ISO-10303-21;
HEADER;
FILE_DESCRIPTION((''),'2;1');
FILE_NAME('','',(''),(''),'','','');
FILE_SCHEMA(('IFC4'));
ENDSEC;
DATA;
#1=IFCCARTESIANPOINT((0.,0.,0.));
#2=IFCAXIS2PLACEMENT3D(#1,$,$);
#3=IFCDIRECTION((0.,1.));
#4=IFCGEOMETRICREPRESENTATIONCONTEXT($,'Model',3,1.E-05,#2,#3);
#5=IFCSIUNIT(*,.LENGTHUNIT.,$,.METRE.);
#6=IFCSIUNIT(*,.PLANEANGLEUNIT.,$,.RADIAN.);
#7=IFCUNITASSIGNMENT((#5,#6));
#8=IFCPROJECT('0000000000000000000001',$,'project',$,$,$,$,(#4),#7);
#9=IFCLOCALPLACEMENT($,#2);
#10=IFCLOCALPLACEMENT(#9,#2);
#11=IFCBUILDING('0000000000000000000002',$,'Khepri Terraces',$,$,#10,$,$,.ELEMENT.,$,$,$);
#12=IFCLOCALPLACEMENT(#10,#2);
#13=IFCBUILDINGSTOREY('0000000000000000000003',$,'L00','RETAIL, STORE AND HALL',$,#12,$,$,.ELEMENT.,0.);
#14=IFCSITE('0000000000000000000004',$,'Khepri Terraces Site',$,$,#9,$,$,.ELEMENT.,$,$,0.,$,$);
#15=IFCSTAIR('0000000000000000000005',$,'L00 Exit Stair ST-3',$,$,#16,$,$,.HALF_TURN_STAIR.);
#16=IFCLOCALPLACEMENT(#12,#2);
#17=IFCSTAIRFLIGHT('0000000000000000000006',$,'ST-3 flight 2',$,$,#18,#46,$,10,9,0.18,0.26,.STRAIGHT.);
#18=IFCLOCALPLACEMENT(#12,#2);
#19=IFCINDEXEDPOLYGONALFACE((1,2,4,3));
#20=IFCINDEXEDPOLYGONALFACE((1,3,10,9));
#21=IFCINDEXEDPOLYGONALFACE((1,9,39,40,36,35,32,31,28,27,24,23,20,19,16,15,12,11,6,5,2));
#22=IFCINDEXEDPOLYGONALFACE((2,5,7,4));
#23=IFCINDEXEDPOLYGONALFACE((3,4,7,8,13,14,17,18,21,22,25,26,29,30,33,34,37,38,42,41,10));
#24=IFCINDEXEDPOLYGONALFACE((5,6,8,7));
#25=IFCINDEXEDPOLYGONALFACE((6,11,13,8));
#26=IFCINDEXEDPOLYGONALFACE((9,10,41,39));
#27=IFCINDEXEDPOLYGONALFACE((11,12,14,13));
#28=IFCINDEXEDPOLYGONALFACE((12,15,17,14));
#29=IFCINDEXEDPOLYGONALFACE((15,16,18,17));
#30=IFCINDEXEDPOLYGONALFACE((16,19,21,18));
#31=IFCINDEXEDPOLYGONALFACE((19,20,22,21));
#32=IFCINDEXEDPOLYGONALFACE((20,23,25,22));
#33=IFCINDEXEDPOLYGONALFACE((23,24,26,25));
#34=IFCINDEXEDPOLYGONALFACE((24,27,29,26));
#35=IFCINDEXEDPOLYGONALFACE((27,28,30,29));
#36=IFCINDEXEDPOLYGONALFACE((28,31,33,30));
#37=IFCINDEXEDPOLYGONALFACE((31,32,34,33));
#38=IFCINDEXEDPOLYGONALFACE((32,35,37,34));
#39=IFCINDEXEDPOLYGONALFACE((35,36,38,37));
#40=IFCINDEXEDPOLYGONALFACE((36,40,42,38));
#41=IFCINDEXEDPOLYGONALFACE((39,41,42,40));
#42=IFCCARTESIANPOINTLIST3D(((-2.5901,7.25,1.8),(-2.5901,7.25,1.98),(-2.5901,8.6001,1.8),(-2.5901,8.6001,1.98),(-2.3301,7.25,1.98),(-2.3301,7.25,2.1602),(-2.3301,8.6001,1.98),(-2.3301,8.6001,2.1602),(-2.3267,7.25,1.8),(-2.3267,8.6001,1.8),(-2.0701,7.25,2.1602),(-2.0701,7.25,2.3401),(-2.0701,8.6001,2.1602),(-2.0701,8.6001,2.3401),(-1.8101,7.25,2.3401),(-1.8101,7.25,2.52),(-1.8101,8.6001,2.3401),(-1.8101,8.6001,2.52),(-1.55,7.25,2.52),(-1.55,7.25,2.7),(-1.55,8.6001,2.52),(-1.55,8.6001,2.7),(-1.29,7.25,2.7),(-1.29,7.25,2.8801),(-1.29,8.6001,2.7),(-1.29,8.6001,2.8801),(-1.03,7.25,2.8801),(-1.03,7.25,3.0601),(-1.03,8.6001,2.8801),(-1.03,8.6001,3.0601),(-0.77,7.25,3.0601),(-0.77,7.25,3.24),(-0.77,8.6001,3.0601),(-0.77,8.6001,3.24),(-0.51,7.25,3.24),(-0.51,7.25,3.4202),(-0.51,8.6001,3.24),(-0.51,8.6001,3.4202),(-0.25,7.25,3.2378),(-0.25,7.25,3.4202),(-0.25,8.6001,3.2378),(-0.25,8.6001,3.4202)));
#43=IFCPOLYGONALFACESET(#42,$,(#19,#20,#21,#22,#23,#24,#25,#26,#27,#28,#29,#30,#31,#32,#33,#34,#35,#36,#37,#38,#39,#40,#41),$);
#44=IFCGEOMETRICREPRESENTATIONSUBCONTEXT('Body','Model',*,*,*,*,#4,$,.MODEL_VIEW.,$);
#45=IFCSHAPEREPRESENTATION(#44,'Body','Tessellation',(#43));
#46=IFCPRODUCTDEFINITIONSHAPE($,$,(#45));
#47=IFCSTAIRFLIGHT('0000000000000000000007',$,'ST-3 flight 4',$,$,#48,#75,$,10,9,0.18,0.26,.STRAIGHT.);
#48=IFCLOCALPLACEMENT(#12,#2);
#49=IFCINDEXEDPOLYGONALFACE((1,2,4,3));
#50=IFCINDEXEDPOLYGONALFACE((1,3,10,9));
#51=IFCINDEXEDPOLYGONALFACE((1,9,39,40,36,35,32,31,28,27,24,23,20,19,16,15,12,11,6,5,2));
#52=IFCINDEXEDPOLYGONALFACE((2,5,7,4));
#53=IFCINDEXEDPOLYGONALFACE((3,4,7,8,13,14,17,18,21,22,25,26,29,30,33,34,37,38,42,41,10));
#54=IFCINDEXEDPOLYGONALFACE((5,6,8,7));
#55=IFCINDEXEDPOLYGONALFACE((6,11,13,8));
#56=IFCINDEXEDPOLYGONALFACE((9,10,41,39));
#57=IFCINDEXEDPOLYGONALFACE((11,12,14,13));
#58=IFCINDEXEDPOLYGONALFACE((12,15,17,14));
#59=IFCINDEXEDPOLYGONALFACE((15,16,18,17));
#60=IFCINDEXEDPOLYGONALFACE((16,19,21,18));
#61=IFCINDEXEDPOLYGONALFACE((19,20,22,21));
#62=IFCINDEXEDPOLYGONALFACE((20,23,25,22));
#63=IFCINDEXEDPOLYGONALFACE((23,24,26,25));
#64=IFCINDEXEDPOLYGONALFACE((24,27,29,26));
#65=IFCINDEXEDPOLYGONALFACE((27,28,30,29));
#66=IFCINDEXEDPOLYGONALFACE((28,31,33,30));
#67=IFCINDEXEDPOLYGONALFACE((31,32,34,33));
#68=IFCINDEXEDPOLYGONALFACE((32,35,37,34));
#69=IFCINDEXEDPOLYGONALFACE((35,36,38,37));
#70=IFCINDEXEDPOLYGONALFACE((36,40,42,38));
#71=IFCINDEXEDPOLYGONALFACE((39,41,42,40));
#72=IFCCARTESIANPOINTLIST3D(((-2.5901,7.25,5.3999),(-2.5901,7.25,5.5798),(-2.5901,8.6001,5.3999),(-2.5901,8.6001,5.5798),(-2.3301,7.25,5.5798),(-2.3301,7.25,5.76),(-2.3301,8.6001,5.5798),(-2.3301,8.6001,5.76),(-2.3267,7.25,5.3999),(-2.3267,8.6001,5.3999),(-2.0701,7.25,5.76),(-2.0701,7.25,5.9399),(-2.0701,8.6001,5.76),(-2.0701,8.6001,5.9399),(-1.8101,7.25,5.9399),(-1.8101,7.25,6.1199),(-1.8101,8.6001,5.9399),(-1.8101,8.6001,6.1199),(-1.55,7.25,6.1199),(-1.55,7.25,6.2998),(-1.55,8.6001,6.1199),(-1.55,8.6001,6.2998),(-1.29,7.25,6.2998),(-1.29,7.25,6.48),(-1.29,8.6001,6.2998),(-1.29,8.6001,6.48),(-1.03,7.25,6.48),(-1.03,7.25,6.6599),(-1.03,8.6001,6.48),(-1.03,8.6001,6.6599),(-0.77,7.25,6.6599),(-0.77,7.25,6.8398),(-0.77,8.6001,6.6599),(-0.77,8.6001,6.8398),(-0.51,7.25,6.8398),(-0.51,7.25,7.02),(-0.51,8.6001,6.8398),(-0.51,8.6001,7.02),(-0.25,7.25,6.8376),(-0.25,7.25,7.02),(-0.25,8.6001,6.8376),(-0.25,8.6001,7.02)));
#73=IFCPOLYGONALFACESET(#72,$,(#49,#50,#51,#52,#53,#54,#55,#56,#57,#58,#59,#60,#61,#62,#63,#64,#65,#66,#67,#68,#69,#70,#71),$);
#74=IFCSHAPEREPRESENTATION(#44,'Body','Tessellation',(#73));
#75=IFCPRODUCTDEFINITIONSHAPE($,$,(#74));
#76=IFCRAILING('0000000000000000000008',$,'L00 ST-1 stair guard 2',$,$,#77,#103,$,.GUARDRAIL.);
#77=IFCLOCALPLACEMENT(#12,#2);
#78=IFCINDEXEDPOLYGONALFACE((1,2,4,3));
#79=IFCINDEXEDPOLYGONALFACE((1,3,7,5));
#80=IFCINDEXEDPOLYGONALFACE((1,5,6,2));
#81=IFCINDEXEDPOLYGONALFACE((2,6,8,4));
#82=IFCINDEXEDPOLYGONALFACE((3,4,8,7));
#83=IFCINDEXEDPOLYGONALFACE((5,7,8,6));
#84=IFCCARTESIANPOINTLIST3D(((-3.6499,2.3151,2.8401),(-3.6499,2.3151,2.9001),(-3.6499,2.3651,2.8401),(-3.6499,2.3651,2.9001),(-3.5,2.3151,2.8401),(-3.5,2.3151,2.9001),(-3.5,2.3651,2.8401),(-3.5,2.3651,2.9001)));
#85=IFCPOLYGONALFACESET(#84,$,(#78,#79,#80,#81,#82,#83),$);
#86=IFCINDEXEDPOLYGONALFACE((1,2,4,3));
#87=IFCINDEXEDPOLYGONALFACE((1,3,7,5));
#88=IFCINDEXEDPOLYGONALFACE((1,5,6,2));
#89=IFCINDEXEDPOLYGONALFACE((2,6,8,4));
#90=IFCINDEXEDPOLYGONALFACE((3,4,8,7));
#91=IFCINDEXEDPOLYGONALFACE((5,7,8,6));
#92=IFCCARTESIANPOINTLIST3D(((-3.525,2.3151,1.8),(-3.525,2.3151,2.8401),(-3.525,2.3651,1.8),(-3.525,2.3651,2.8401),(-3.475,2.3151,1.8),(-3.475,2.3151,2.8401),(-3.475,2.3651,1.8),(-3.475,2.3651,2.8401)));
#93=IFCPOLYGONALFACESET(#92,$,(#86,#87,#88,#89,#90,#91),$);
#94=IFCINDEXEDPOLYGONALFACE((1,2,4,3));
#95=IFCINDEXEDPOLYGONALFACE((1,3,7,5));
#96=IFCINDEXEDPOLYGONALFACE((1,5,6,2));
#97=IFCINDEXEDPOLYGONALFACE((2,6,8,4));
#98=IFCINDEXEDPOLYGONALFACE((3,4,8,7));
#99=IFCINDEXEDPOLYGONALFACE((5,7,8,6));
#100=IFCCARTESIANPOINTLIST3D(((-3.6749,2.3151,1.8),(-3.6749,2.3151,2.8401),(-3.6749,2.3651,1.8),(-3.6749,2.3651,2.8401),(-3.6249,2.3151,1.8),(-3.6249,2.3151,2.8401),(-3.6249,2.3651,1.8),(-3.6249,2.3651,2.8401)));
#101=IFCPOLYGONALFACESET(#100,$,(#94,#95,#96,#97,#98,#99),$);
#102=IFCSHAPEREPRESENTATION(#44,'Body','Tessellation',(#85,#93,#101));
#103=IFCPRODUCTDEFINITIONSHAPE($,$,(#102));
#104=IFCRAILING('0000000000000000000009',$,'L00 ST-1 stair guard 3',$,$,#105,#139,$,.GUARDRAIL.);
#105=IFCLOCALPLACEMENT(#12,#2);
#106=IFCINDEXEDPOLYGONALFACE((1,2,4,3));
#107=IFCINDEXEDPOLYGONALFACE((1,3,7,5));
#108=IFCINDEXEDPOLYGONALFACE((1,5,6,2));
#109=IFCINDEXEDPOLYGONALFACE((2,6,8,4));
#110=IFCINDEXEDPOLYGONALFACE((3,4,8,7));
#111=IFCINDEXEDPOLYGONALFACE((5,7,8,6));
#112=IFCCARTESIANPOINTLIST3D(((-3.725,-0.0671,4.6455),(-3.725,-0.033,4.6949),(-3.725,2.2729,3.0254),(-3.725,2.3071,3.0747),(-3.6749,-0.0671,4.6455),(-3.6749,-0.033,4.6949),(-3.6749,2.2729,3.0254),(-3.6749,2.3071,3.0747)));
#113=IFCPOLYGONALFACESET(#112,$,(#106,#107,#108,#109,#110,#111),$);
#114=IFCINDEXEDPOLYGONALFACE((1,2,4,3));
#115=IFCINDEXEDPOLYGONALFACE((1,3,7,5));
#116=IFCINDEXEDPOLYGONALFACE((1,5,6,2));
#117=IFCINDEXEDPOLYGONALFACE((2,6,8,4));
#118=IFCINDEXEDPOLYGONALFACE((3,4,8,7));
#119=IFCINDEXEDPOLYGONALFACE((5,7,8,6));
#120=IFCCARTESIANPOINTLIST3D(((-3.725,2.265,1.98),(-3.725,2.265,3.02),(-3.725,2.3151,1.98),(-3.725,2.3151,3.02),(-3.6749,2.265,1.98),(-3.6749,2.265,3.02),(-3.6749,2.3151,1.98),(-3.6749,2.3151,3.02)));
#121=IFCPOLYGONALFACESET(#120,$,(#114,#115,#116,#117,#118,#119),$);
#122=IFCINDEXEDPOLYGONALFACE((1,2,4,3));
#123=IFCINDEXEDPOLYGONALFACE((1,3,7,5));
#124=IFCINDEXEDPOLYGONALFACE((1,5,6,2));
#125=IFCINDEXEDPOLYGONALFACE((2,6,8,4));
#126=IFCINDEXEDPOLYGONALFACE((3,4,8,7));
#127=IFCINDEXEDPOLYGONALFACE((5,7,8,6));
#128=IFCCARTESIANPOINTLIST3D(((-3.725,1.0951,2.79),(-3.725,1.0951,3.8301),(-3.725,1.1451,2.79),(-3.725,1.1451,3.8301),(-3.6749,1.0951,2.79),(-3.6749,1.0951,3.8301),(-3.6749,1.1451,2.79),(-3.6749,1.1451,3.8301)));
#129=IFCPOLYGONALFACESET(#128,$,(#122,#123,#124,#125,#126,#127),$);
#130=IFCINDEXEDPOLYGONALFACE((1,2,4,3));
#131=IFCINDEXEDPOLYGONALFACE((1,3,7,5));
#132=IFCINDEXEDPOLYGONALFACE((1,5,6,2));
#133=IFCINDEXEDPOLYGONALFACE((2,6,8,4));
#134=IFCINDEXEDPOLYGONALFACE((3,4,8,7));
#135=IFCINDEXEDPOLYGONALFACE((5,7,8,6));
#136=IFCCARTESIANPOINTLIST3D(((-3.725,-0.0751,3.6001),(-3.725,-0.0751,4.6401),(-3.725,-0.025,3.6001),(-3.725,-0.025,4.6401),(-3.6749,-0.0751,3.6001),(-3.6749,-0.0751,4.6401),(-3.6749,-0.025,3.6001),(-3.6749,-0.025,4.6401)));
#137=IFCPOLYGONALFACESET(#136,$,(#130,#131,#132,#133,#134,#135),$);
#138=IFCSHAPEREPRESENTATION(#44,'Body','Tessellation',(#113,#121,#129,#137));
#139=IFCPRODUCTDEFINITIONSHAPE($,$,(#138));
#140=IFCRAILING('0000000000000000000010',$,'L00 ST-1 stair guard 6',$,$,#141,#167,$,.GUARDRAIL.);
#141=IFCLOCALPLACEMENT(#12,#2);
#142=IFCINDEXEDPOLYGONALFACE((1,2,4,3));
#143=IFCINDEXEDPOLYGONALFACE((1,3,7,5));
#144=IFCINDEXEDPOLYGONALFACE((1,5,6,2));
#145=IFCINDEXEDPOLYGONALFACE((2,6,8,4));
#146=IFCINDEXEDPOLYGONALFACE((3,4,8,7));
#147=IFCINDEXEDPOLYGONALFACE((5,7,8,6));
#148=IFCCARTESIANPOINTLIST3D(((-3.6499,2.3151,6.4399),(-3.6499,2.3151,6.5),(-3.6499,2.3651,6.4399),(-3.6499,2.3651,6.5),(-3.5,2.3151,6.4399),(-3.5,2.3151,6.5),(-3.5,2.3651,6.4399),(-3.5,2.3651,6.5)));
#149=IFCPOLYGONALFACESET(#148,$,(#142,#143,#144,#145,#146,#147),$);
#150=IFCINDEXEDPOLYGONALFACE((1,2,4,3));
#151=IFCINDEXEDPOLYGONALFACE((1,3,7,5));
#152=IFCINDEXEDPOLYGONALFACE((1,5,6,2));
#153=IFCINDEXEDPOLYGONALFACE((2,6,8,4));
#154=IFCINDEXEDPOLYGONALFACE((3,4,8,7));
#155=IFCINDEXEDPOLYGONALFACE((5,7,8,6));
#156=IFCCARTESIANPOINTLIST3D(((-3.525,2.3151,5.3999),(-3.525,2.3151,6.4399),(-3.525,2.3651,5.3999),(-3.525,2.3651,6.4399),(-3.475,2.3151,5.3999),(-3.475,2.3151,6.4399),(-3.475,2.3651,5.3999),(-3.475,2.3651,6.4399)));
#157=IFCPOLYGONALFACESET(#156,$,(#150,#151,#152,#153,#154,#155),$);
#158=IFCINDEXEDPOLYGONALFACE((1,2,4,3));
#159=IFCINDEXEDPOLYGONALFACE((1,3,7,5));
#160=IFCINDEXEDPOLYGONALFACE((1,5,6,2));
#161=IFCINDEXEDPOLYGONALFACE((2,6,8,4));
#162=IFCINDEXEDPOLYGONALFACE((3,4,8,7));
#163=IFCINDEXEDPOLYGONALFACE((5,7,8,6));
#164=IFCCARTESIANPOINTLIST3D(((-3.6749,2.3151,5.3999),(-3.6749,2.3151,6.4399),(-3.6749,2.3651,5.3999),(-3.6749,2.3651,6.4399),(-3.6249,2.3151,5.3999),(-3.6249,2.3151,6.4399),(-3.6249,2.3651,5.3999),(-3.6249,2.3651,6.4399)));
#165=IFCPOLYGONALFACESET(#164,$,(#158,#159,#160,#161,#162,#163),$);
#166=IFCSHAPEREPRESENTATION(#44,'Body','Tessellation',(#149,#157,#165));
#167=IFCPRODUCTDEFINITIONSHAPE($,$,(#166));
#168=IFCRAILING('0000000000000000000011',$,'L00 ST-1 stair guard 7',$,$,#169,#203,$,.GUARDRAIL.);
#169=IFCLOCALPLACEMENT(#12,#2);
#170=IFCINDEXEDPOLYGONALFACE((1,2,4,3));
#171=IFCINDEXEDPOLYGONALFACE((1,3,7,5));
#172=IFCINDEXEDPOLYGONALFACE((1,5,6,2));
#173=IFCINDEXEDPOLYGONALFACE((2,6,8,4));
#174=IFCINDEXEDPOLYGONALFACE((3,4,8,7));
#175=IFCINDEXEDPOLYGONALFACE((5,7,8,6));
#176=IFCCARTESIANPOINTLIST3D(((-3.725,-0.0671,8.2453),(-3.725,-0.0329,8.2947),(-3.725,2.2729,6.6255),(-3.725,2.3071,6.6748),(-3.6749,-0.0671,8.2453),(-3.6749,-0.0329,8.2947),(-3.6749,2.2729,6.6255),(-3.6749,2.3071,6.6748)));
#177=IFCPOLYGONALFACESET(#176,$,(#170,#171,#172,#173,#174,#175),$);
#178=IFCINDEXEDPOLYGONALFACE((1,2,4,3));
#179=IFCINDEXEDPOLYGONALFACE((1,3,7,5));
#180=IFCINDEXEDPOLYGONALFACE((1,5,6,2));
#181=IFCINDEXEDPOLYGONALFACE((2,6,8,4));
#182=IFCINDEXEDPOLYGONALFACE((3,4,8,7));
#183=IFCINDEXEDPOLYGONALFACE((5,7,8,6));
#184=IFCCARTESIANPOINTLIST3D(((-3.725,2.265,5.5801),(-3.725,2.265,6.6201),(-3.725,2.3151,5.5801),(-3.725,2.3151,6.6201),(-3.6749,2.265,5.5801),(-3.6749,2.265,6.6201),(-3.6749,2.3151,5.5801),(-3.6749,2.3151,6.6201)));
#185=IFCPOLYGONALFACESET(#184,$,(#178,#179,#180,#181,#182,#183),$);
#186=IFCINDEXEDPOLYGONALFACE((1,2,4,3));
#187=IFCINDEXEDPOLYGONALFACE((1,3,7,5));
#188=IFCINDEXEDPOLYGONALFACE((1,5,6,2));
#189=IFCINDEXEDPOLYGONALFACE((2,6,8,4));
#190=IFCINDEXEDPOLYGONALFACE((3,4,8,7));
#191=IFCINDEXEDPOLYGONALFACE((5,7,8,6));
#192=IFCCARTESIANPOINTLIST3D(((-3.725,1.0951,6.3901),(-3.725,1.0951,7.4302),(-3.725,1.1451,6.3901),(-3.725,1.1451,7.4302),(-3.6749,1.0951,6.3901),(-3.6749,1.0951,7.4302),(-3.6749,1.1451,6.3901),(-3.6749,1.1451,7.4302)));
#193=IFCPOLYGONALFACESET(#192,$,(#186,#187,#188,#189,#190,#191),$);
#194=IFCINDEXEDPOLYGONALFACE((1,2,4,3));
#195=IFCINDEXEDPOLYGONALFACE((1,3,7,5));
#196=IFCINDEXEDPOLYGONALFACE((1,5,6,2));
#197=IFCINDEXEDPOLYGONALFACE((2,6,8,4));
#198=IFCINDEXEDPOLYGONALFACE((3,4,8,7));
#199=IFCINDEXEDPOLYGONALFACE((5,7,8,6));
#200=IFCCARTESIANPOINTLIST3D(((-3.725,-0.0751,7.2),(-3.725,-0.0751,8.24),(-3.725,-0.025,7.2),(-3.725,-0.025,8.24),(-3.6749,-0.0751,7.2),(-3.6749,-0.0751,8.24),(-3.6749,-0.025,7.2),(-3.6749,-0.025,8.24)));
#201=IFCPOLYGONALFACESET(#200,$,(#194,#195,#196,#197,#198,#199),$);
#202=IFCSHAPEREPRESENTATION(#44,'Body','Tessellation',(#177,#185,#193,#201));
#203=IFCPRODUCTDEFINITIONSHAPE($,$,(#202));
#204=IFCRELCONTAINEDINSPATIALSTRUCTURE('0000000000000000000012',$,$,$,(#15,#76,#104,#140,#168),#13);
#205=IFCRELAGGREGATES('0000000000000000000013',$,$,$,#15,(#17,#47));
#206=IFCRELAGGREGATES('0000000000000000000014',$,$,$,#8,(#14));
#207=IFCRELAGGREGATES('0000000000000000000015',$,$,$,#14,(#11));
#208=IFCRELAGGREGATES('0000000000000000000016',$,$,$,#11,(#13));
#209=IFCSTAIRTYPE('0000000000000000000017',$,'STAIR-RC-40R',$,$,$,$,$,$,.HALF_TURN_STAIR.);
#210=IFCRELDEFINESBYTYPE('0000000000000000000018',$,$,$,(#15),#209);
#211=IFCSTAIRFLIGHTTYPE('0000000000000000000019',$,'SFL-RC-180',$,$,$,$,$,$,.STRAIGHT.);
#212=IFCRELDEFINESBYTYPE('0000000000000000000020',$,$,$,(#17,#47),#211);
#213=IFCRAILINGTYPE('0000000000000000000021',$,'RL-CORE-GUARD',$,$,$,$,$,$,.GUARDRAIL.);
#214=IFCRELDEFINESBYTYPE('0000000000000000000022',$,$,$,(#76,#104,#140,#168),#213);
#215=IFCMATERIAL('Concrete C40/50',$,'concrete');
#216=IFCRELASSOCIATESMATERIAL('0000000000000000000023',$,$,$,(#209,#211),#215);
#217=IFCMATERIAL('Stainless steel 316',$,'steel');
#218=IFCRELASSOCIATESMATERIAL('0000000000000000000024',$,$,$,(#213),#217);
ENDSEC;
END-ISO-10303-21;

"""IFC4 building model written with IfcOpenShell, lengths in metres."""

from ifc_helpers import new_model, si_unit, direction, frame, origin, origin_2d, place, context, subcontext, project, spatial, polyline, rectangle, outline, extrude, material, type_object, element, aggregate, save


model = new_model("IFC4")

# Units and contexts
model_context = context("Model", 3, precision=1e-05, world=origin(), true_north=direction((0.0, 1.0)))
body_context = subcontext(model_context, "Body", "Model", "MODEL_VIEW")
ifc_project = project(units=[si_unit("LENGTHUNIT", "METRE"), si_unit("PLANEANGLEUNIT", "RADIAN")], contexts=[model_context])

# Site, building, storey
site_placement = place(None, origin())
site = spatial("IfcSite", under=ifc_project, at=site_placement, Name="Khepri Terraces Site", CompositionType="ELEMENT", RefElevation=0.0)
building_placement = place(site_placement, origin())
building = spatial("IfcBuilding", under=site, at=building_placement, Name="Khepri Terraces", CompositionType="ELEMENT")
storey_placement = place(building_placement, origin())
storey = spatial("IfcBuildingStorey", under=building, at=storey_placement, Name="L00", Description="RETAIL, STORE AND HALL", CompositionType="ELEMENT", Elevation=0.0)

# Stair, stair flights
ifc_material_1 = material(Name="Concrete C40/50", Category="concrete")
stair_type = type_object("IfcStairType", Name="STAIR-RC-40R", PredefinedType="HALF_TURN_STAIR", material=ifc_material_1)
stair_flight_type = type_object("IfcStairFlightType", Name="SFL-RC-180", PredefinedType="STRAIGHT", material=ifc_material_1)
stair_1_placement = place(storey_placement, origin())
stair_1 = element("IfcStair", 1, at=stair_1_placement, inside=storey, type_object=stair_type, Name="L00 Exit Stair ST-3", PredefinedType="HALF_TURN_STAIR")
stair_flight_1_placement = place(storey_placement, frame((-2.5901, 7.925, 1.8), z_axis=(0.0, 0.0, 1.0), x_axis=(1.0, 0.0, 0.0)))
stair_flight_1 = element("IfcStairFlight", 2, at=stair_flight_1_placement, type_object=stair_flight_type, Name="ST-3 flight 2", NumberOfRisers=10, NumberOfTreads=9, PredefinedType="STRAIGHT", RiserHeight=0.18, TreadLength=0.26, context=body_context, shape_type="SweptSolid", body=[
    extrude(outline(polyline([(0.0, 0.0), (0.0, 0.1799), (0.26, 0.1799), (0.26, 0.3601), (0.52, 0.3601), (0.52, 0.54), (0.78, 0.54), (0.78, 0.72), (1.04, 0.72), (1.04, 0.8999), (1.3, 0.8999), (1.3, 1.0801), (1.5601, 1.0801), (1.5601, 1.26), (1.8201, 1.26), (1.8201, 1.4399), (2.0801, 1.4399), (2.0801, 1.6201), (2.3401, 1.6201), (2.3401, 1.8), (2.3401, 1.4377), (0.2634, 0.0), (0.0, 0.0)])), frame((0.0, 0.675, 0.0), z_axis=(0.0, -1.0, 0.0), x_axis=(1.0, 0.0, 0.0)), (0.0, 0.0, 1.0), 1.3501),
])
stair_flight_2_placement = place(storey_placement, frame((-2.5901, 7.925, 5.3999), z_axis=(0.0, 0.0, 1.0), x_axis=(1.0, 0.0, 0.0)))
stair_flight_2 = element("IfcStairFlight", 3, at=stair_flight_2_placement, type_object=stair_flight_type, Name="ST-3 flight 4", NumberOfRisers=10, NumberOfTreads=9, PredefinedType="STRAIGHT", RiserHeight=0.18, TreadLength=0.26, context=body_context, shape_type="SweptSolid", body=[
    extrude(outline(polyline([(0.0, 0.0), (0.0, 0.1799), (0.26, 0.1799), (0.26, 0.3601), (0.52, 0.3601), (0.52, 0.54), (0.78, 0.54), (0.78, 0.72), (1.04, 0.72), (1.04, 0.8999), (1.3, 0.8999), (1.3, 1.0801), (1.5601, 1.0801), (1.5601, 1.26), (1.8201, 1.26), (1.8201, 1.4399), (2.0801, 1.4399), (2.0801, 1.6201), (2.3401, 1.6201), (2.3401, 1.8), (2.3401, 1.4377), (0.2634, 0.0), (0.0, 0.0)])), frame((0.0, 0.675, 0.0), z_axis=(0.0, -1.0, 0.0), x_axis=(1.0, 0.0, 0.0)), (0.0, 0.0, 1.0), 1.3501),
])
aggregate(stair_1, [stair_flight_1, stair_flight_2])

# Railings
ifc_material_2 = material(Name="Stainless steel 316", Category="steel")
railing_type_1 = type_object("IfcRailingType", Name="RL-CORE-GUARD", PredefinedType="GUARDRAIL", material=ifc_material_2)
railing_1_placement = place(storey_placement, frame((-3.5, 2.3401, 1.8)))
element("IfcRailing", 4, at=railing_1_placement, inside=storey, type_object=railing_type_1, Name="L00 ST-1 stair guard 2", PredefinedType="GUARDRAIL", context=body_context, shape_type="SweptSolid", body=[
    extrude(rectangle(XDim=0.05, YDim=0.0601, at=origin_2d()), frame((0.0, 0.0, 1.0701), z_axis=(-1.0, 0.0, 0.0), x_axis=(0.0, -1.0, 0.0)), (0.0, 0.0, 1.0), 0.1499),
    extrude(rectangle(XDim=0.05, YDim=0.05, at=origin_2d()), origin(), (0.0, 0.0, 1.0), 1.04),
    extrude(rectangle(XDim=0.05, YDim=0.05, at=origin_2d()), frame((-0.1499, 0.0, 0.0)), (0.0, 0.0, 1.0), 1.04),
])
railing_2_placement = place(storey_placement, frame((-3.7, 2.29, 1.98)))
element("IfcRailing", 5, at=railing_2_placement, inside=storey, type_object=railing_type_1, Name="L00 ST-1 stair guard 3", PredefinedType="GUARDRAIL", context=body_context, shape_type="SweptSolid", body=[
    extrude(rectangle(XDim=0.05, YDim=0.0601, at=origin_2d()), frame((0.0, 0.0, 1.0701), z_axis=(0.0, -0.822183, 0.569223), x_axis=(1.0, 0.0, 0.0)), (0.0, 0.0, 1.0), 2.8462),
    extrude(rectangle(XDim=0.05, YDim=0.05, at=origin_2d()), origin(), (0.0, 0.0, 1.0), 1.04),
    extrude(rectangle(XDim=0.05, YDim=0.05, at=origin_2d()), frame((0.0, -1.1699, 0.8101)), (0.0, 0.0, 1.0), 1.04),
    extrude(rectangle(XDim=0.05, YDim=0.05, at=origin_2d()), frame((0.0, -2.3401, 1.6201)), (0.0, 0.0, 1.0), 1.04),
])
railing_3_placement = place(storey_placement, frame((-3.5, 2.3401, 5.3999)))
element("IfcRailing", 6, at=railing_3_placement, inside=storey, type_object=railing_type_1, Name="L00 ST-1 stair guard 6", PredefinedType="GUARDRAIL", context=body_context, shape_type="SweptSolid", body=[
    extrude(rectangle(XDim=0.05, YDim=0.0601, at=origin_2d()), frame((0.0, 0.0, 1.0701), z_axis=(-1.0, 0.0, 0.0), x_axis=(0.0, -1.0, 0.0)), (0.0, 0.0, 1.0), 0.1499),
    extrude(rectangle(XDim=0.05, YDim=0.05, at=origin_2d()), origin(), (0.0, 0.0, 1.0), 1.04),
    extrude(rectangle(XDim=0.05, YDim=0.05, at=origin_2d()), frame((-0.1499, 0.0, 0.0)), (0.0, 0.0, 1.0), 1.04),
])
railing_4_placement = place(storey_placement, frame((-3.7, 2.29, 5.5801)))
element("IfcRailing", 7, at=railing_4_placement, inside=storey, type_object=railing_type_1, Name="L00 ST-1 stair guard 7", PredefinedType="GUARDRAIL", context=body_context, shape_type="SweptSolid", body=[
    extrude(rectangle(XDim=0.05, YDim=0.0601, at=origin_2d()), frame((0.0, 0.0, 1.0701), z_axis=(0.0, -0.822223, 0.569165), x_axis=(1.0, 0.0, 0.0)), (0.0, 0.0, 1.0), 2.8459),
    extrude(rectangle(XDim=0.05, YDim=0.05, at=origin_2d()), origin(), (0.0, 0.0, 1.0), 1.04),
    extrude(rectangle(XDim=0.05, YDim=0.05, at=origin_2d()), frame((0.0, -1.1699, 0.8101)), (0.0, 0.0, 1.0), 1.04),
    extrude(rectangle(XDim=0.05, YDim=0.05, at=origin_2d()), frame((0.0, -2.3401, 1.6199)), (0.0, 0.0, 1.0), 1.04),
])

save(model, "model.ifc")
